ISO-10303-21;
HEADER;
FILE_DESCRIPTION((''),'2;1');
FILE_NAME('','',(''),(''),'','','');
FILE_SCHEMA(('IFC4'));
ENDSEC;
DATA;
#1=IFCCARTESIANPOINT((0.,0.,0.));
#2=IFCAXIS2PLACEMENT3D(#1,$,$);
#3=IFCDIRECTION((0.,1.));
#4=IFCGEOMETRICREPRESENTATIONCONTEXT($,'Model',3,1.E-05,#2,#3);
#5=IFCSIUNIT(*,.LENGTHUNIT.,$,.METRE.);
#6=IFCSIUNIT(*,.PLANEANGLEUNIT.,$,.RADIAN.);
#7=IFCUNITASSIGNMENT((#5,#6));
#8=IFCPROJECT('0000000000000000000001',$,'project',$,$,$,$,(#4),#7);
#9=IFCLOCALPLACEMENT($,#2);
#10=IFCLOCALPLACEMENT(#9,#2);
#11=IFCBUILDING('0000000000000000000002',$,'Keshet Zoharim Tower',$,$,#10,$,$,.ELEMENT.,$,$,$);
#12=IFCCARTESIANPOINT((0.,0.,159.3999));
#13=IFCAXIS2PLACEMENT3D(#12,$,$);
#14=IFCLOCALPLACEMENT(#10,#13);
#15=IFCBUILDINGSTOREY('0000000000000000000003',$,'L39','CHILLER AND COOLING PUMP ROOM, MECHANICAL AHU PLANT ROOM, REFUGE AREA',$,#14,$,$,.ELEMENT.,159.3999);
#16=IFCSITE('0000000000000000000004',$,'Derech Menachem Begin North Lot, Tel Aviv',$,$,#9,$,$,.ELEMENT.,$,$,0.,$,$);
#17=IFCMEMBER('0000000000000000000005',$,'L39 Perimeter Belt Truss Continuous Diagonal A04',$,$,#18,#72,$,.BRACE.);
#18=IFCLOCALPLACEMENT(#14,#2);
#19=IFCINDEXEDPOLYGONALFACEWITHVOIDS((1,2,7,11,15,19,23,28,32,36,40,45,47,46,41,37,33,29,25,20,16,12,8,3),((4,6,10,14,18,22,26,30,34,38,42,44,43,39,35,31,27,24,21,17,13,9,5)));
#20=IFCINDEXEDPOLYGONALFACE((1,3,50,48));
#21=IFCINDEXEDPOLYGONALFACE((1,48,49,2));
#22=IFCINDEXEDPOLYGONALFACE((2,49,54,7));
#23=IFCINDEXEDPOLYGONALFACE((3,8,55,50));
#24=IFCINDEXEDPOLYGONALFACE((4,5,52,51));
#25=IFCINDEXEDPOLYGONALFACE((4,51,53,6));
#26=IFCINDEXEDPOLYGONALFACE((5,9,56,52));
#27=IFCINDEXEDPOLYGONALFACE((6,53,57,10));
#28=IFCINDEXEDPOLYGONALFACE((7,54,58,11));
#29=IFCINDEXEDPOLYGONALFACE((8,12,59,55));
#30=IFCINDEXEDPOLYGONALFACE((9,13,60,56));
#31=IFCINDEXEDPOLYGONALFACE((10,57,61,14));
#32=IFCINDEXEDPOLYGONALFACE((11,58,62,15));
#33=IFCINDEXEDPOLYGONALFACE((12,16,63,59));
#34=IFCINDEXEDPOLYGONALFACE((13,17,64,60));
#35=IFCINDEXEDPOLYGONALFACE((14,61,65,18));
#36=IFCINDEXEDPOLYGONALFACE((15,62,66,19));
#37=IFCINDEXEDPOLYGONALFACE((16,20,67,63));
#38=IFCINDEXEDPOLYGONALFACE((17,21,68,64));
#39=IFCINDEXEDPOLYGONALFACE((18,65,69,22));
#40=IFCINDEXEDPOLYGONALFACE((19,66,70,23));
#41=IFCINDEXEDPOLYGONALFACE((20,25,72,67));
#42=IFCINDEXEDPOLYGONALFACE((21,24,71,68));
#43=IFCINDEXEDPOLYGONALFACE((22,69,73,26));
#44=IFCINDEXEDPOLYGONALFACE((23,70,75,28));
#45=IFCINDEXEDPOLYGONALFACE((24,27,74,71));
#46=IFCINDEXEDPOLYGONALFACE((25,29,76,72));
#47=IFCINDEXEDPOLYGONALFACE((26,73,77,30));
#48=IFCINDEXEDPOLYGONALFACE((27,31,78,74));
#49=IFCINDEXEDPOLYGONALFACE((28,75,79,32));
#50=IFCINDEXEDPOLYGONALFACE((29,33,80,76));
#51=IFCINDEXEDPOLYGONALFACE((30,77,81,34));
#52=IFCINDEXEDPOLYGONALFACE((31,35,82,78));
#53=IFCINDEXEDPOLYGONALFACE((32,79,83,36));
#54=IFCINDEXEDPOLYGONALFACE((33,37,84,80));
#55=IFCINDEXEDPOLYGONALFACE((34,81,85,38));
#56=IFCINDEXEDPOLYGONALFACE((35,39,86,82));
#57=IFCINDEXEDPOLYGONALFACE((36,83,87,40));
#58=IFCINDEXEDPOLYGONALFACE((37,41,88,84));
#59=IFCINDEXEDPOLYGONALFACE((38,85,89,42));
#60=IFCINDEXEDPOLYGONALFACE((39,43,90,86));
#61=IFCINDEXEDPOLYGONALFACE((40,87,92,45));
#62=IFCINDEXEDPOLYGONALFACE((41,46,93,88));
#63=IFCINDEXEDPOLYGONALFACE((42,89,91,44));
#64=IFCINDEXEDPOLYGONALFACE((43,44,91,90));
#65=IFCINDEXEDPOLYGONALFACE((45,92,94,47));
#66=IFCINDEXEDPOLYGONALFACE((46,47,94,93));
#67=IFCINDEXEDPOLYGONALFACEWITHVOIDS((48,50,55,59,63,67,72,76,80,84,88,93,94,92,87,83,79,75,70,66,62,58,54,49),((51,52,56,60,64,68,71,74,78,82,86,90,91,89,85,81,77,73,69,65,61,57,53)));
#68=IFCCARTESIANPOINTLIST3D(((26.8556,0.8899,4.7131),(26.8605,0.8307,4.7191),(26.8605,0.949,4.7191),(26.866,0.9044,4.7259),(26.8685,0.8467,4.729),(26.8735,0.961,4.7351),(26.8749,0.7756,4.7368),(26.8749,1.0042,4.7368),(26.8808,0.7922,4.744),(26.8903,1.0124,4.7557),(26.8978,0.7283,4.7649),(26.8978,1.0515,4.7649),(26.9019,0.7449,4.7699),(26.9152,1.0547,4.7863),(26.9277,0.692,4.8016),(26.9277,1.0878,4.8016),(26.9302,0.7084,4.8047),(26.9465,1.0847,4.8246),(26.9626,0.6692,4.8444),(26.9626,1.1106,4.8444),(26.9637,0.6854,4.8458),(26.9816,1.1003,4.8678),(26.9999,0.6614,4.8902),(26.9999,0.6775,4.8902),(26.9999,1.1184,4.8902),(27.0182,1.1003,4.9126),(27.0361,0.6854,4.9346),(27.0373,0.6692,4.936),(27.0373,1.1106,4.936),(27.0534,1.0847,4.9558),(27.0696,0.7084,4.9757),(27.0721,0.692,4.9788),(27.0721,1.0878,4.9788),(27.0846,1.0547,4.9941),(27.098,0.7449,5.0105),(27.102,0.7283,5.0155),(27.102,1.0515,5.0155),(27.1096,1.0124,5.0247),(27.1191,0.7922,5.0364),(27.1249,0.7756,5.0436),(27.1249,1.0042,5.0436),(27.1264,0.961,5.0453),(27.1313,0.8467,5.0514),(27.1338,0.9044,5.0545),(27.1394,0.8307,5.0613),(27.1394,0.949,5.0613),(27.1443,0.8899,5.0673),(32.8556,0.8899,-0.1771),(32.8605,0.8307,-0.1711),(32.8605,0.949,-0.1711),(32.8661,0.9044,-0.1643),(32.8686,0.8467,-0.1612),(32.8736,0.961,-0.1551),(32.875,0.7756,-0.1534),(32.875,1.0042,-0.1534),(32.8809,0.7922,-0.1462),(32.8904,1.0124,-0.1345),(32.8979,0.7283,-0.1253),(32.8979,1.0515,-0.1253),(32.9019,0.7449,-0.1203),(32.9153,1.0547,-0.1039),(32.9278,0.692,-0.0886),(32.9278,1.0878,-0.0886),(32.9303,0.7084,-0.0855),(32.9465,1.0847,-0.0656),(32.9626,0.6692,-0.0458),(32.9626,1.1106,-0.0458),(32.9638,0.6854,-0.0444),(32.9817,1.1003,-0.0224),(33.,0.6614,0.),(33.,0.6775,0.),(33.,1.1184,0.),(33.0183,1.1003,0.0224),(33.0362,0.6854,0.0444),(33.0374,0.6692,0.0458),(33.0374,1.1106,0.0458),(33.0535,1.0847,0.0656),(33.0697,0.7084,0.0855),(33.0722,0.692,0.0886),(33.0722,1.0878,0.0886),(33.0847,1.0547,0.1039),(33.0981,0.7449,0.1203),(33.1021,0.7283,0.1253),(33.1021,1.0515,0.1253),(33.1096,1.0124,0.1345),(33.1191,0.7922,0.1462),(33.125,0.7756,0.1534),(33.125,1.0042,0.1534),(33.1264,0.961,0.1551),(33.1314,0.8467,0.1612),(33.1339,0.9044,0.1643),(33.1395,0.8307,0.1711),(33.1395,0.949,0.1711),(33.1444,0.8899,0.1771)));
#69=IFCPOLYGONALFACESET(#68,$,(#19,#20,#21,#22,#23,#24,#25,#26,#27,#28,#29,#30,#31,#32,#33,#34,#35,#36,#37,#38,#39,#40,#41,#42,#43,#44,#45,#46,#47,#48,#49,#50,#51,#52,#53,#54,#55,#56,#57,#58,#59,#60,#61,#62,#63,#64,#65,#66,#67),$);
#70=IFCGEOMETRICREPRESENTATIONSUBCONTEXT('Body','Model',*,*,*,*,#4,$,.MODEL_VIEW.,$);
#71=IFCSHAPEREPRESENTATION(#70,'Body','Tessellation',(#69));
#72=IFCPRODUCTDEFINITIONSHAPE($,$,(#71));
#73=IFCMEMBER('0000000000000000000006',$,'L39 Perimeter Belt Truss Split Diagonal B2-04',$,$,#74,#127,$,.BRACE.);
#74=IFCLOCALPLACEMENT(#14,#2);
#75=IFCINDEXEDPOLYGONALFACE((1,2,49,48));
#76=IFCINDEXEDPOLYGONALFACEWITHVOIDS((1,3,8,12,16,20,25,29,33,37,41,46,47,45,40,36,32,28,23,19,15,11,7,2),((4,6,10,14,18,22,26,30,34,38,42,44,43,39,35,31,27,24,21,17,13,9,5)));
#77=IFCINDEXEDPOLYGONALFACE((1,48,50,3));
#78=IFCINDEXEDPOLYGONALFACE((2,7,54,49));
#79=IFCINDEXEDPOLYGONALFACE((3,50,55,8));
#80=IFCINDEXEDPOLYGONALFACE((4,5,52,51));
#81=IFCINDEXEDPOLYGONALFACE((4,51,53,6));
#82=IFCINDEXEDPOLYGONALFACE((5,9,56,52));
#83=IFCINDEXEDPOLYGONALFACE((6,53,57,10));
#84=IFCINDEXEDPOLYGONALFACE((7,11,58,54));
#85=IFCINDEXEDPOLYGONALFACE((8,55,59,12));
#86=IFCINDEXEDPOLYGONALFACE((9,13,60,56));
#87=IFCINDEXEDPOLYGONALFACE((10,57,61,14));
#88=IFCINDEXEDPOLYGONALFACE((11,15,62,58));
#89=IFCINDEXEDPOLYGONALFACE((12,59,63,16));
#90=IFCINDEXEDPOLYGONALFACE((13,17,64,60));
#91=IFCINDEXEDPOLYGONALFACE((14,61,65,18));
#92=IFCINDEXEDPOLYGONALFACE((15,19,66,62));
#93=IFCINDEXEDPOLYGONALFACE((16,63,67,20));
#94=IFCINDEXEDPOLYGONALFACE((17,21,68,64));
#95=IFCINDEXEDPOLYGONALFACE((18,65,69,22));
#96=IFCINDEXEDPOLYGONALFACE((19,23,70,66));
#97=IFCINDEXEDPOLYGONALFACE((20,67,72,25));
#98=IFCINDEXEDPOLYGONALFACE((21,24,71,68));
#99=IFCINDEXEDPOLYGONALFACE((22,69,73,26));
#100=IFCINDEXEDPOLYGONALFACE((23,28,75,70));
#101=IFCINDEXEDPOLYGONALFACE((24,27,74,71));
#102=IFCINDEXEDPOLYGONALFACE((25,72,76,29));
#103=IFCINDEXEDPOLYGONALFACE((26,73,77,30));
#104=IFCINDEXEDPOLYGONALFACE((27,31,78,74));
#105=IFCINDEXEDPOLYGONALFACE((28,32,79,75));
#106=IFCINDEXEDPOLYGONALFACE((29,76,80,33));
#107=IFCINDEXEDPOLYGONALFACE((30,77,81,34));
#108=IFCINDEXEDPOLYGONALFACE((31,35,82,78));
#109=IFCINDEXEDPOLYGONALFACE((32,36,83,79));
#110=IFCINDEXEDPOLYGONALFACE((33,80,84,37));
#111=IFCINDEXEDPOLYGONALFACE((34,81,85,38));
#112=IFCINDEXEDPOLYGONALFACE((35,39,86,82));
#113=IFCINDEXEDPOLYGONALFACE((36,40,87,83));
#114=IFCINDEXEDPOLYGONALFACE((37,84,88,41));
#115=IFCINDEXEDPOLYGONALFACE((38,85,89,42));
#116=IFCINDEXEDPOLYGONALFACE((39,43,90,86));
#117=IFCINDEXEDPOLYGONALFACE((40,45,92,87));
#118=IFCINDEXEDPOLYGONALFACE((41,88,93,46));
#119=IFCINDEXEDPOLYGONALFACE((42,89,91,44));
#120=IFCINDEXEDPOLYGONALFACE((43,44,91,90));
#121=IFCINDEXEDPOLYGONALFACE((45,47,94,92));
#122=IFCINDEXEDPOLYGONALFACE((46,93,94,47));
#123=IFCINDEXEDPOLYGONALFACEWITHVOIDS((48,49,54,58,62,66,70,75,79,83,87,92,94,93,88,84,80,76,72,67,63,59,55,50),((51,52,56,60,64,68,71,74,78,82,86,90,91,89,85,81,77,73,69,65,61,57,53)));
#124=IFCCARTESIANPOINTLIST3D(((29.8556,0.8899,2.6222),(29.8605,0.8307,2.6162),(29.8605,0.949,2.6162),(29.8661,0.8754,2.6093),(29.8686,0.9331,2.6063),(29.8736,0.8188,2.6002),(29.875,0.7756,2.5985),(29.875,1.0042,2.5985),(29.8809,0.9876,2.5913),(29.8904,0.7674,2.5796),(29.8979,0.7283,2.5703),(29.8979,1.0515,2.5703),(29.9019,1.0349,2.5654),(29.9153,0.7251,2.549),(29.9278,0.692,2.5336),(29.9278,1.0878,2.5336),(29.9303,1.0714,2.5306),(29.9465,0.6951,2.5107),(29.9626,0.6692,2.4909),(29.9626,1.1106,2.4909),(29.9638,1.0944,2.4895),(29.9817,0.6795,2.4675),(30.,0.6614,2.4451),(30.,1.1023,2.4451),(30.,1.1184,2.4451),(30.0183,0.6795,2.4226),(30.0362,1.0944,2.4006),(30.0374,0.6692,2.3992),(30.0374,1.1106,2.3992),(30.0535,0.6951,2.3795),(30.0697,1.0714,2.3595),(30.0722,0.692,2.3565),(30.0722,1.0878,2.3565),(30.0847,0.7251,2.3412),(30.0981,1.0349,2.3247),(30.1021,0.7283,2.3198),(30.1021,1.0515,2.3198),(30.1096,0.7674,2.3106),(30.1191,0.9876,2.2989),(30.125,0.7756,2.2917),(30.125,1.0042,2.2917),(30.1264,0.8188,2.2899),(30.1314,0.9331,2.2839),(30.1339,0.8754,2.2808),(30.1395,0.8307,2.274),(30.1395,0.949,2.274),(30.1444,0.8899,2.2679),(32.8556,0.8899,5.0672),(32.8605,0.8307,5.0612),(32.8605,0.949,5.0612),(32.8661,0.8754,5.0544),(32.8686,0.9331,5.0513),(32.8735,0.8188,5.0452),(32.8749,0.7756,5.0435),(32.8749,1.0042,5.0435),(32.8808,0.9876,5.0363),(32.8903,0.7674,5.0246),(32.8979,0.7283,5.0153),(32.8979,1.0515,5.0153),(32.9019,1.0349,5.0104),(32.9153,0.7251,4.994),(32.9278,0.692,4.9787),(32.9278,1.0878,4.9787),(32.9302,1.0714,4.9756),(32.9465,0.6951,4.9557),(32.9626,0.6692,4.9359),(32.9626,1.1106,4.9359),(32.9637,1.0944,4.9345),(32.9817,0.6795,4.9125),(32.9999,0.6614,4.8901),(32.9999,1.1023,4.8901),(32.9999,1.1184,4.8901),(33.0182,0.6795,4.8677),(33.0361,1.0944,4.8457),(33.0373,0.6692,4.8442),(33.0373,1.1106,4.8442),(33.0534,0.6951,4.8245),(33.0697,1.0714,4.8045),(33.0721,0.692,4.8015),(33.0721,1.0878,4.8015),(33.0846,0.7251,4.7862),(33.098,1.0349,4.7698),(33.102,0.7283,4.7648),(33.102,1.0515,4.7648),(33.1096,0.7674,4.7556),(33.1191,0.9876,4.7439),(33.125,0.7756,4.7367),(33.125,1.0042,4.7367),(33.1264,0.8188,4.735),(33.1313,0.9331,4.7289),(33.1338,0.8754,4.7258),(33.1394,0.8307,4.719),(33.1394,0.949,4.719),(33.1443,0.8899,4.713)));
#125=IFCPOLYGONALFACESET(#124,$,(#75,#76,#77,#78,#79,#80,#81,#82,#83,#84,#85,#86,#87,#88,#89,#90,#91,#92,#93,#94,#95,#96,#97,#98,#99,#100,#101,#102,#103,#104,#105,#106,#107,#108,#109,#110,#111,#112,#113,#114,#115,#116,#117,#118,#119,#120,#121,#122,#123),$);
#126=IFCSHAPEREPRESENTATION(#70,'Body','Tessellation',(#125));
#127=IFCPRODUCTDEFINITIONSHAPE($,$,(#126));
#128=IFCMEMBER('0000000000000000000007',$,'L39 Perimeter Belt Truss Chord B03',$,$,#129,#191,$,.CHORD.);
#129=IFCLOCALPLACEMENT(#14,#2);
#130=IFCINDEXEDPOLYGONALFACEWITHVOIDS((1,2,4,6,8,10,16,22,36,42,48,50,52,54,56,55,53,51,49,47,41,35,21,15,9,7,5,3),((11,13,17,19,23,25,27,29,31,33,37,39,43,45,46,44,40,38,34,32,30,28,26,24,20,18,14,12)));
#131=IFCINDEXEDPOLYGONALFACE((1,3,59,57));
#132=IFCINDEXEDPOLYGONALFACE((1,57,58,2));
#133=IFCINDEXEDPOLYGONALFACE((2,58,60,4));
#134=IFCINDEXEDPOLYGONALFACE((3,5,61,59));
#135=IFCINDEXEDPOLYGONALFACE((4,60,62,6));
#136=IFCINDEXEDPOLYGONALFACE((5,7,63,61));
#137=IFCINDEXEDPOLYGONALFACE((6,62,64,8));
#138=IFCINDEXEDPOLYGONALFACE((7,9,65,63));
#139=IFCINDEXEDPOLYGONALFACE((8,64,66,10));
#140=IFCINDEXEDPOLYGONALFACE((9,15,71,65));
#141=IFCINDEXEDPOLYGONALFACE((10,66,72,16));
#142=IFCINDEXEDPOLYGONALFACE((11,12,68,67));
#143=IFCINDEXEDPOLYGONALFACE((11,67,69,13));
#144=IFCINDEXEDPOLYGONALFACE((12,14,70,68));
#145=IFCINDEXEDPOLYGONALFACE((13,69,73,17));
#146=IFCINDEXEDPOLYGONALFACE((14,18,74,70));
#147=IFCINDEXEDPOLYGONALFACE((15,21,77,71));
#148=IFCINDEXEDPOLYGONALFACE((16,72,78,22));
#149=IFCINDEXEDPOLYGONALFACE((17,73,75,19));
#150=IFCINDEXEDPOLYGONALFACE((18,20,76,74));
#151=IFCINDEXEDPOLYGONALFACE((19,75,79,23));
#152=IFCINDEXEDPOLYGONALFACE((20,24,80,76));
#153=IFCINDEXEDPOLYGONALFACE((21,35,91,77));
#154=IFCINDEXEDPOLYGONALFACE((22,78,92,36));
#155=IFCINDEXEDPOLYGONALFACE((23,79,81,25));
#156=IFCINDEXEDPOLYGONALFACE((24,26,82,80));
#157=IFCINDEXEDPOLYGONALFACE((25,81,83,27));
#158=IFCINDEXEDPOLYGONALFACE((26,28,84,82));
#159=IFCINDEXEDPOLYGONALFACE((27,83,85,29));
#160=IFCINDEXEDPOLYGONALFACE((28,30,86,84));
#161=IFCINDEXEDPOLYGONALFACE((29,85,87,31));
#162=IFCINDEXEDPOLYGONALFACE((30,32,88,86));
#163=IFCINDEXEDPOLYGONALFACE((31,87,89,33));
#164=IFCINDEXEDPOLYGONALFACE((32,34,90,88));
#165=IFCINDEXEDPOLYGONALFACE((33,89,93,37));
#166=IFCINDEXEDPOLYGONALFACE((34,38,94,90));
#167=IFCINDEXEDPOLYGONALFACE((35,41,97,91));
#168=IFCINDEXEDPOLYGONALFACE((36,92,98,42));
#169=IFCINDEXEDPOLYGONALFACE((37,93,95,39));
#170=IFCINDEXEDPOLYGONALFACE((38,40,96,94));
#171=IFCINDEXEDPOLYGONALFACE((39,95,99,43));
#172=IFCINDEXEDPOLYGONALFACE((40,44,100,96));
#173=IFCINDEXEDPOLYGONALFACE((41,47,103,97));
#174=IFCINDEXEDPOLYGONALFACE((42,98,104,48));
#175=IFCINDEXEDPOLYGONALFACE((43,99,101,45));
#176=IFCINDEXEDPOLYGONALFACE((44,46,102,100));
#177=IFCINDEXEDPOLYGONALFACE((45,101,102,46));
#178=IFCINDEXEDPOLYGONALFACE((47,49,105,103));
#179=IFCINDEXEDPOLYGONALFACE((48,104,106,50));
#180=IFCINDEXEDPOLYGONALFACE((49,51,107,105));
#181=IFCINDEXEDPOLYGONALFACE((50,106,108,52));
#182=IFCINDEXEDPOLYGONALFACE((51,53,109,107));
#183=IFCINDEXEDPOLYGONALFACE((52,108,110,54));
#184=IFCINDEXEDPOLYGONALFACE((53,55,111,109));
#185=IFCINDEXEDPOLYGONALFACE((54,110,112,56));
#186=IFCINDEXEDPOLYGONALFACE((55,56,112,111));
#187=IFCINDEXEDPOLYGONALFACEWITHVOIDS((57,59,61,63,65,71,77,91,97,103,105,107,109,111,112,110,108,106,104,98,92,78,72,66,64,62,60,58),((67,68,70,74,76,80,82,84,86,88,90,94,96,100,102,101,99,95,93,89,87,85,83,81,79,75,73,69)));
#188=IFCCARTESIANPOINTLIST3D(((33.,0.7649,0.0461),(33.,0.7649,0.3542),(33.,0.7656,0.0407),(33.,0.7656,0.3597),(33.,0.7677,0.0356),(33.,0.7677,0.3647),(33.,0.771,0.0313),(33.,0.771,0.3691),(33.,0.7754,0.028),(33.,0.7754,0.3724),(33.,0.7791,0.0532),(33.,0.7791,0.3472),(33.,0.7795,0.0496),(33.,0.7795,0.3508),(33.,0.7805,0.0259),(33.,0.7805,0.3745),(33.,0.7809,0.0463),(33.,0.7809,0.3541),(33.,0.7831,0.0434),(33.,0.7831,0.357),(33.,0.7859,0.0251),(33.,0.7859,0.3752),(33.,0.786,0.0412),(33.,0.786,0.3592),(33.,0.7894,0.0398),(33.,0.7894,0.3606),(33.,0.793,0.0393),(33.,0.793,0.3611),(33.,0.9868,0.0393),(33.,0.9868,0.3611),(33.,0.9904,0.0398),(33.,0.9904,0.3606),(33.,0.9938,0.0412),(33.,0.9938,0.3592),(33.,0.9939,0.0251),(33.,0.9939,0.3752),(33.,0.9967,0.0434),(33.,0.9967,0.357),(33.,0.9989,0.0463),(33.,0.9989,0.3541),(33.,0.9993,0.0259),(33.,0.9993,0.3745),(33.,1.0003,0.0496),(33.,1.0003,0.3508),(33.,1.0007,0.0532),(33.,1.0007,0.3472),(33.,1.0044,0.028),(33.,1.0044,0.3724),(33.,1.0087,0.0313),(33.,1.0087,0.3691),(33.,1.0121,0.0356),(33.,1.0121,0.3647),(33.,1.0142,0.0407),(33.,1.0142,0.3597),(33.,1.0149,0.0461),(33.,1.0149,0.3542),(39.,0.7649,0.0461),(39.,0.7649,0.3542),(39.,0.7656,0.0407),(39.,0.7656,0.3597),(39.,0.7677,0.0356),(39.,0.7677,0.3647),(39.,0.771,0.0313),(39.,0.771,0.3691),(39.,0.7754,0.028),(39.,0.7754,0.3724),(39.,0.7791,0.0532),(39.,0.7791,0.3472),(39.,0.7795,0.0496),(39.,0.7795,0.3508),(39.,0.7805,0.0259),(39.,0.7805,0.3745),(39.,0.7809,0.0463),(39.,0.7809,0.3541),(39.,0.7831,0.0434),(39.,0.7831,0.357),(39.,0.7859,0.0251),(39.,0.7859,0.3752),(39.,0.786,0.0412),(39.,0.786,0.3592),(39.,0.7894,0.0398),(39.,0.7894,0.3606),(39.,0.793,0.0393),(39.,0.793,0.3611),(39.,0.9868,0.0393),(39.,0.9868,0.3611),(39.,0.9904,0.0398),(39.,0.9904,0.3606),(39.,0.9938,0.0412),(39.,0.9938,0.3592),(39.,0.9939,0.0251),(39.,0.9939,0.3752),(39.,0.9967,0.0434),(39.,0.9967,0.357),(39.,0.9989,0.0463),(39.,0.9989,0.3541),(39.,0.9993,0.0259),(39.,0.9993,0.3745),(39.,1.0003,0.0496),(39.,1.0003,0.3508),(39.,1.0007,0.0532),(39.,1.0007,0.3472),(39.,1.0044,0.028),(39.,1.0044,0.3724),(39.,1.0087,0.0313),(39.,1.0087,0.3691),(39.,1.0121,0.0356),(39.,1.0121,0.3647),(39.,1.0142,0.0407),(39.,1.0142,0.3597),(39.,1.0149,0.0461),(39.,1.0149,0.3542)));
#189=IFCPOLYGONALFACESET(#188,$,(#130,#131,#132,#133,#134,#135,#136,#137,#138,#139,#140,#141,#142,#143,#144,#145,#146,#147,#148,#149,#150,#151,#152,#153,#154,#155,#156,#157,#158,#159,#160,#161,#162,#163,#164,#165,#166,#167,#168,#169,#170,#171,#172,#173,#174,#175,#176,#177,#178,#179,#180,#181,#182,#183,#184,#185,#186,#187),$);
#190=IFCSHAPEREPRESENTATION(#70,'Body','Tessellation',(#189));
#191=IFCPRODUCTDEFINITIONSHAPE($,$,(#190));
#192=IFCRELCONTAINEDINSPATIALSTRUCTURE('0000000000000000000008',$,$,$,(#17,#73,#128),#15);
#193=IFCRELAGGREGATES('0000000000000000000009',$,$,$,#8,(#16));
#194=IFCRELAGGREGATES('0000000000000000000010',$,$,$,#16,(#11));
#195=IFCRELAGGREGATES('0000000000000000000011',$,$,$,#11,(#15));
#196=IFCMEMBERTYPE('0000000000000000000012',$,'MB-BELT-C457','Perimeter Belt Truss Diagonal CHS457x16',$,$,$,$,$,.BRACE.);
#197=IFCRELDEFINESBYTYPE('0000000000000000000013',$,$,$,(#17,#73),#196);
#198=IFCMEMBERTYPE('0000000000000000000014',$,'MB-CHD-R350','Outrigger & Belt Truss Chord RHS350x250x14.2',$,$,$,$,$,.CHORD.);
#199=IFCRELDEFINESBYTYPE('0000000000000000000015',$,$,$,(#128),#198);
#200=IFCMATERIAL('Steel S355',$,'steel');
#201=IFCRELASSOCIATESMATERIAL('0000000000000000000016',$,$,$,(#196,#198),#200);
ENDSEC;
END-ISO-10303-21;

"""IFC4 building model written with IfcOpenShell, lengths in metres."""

from ifc_helpers import new_model, si_unit, direction, frame, origin, origin_2d, place, context, subcontext, project, spatial, hollow_rectangle, hollow_circle, extrude, material, material_profile, profile_set, type_object, element, save


model = new_model("IFC4")

# Units and contexts
model_context = context("Model", 3, precision=1e-05, world=origin(), true_north=direction((0.0, 1.0)))
body_context = subcontext(model_context, "Body", "Model", "MODEL_VIEW")
ifc_project = project(units=[si_unit("LENGTHUNIT", "METRE"), si_unit("PLANEANGLEUNIT", "RADIAN")], contexts=[model_context])

# Site, building, storey
site_placement = place(None, origin())
site = spatial("IfcSite", under=ifc_project, at=site_placement, Name="Derech Menachem Begin North Lot, Tel Aviv", CompositionType="ELEMENT", RefElevation=0.0)
building_placement = place(site_placement, origin())
building = spatial("IfcBuilding", under=site, at=building_placement, Name="Keshet Zoharim Tower", CompositionType="ELEMENT")
storey_placement = place(building_placement, frame((0.0, 0.0, 159.3999)))
storey = spatial("IfcBuildingStorey", under=building, at=storey_placement, Name="L39", Description="CHILLER AND COOLING PUMP ROOM, MECHANICAL AHU PLANT ROOM, REFUGE AREA", CompositionType="ELEMENT", Elevation=159.3999)

# Shared definitions
ifc_material_1 = material(Name="Steel S355", Category="steel")

# Members
ifc_material_profile_1 = material_profile(ifc_material_1, hollow_circle(Radius=0.2285, WallThickness=0.0161, at=origin_2d()), Name="CHS457x16")
ifc_profile_set_1 = profile_set([ifc_material_profile_1], Name="Steel S355")
member_type_1 = type_object("IfcMemberType", Name="MB-BELT-C457", Description="Perimeter Belt Truss Diagonal CHS457x16", PredefinedType="BRACE", material=ifc_profile_set_1)
member_1_placement = place(storey_placement, frame((33.0, 0.8899, 0.0), z_axis=(-0.775156, 0.0, 0.63177), x_axis=(0.0, -1.0, 0.0)))
element("IfcMember", 1, at=member_1_placement, inside=storey, type_object=member_type_1, Name="L39 Perimeter Belt Truss Continuous Diagonal A04", PredefinedType="BRACE", context=body_context, shape_type="SweptSolid", body=[
    extrude(hollow_circle(Radius=0.2285, WallThickness=0.0161, at=origin_2d()), origin(), (0.0, 0.0, 1.0), 7.7405),
])
member_2_placement = place(storey_placement, frame((30.0, 0.8899, 2.4451), z_axis=(0.775156, 0.0, 0.63177), x_axis=(0.0, 1.0, 0.0)))
element("IfcMember", 2, at=member_2_placement, inside=storey, type_object=member_type_1, Name="L39 Perimeter Belt Truss Split Diagonal B2-04", PredefinedType="BRACE", context=body_context, shape_type="SweptSolid", body=[
    extrude(hollow_circle(Radius=0.2285, WallThickness=0.0161, at=origin_2d()), origin(), (0.0, 0.0, 1.0), 3.8701),
])
ifc_material_profile_2 = material_profile(ifc_material_1, hollow_rectangle(XDim=0.25, YDim=0.3501, WallThickness=0.0142, InnerFilletRadius=0.0139, OuterFilletRadius=0.021, at=origin_2d()), Name="RHS350x250x14.2")
ifc_profile_set_2 = profile_set([ifc_material_profile_2], Name="Steel S355")
member_type_2 = type_object("IfcMemberType", Name="MB-CHD-R350", Description="Outrigger & Belt Truss Chord RHS350x250x14.2", PredefinedType="CHORD", material=ifc_profile_set_2)
for number, where, z_axis, x_axis, name in (
    (3, (39.0, 0.8899, 0.2002), (-1.0, 0.0, 0.0), (0.0, -1.0, 0.0), "L39 Perimeter Belt Truss Chord B03"),
):
    element("IfcMember", number, at=place(storey_placement, frame(where, z_axis=z_axis, x_axis=x_axis)), inside=storey, type_object=member_type_2, Name=name, PredefinedType="CHORD", context=body_context, shape_type="SweptSolid", body=[
        extrude(hollow_rectangle(XDim=0.25, YDim=0.3501, WallThickness=0.0142, InnerFilletRadius=0.0139, OuterFilletRadius=0.021, at=origin_2d()), origin(), (0.0, 0.0, 1.0), 6.0),
    ])

save(model, "model.ifc")
